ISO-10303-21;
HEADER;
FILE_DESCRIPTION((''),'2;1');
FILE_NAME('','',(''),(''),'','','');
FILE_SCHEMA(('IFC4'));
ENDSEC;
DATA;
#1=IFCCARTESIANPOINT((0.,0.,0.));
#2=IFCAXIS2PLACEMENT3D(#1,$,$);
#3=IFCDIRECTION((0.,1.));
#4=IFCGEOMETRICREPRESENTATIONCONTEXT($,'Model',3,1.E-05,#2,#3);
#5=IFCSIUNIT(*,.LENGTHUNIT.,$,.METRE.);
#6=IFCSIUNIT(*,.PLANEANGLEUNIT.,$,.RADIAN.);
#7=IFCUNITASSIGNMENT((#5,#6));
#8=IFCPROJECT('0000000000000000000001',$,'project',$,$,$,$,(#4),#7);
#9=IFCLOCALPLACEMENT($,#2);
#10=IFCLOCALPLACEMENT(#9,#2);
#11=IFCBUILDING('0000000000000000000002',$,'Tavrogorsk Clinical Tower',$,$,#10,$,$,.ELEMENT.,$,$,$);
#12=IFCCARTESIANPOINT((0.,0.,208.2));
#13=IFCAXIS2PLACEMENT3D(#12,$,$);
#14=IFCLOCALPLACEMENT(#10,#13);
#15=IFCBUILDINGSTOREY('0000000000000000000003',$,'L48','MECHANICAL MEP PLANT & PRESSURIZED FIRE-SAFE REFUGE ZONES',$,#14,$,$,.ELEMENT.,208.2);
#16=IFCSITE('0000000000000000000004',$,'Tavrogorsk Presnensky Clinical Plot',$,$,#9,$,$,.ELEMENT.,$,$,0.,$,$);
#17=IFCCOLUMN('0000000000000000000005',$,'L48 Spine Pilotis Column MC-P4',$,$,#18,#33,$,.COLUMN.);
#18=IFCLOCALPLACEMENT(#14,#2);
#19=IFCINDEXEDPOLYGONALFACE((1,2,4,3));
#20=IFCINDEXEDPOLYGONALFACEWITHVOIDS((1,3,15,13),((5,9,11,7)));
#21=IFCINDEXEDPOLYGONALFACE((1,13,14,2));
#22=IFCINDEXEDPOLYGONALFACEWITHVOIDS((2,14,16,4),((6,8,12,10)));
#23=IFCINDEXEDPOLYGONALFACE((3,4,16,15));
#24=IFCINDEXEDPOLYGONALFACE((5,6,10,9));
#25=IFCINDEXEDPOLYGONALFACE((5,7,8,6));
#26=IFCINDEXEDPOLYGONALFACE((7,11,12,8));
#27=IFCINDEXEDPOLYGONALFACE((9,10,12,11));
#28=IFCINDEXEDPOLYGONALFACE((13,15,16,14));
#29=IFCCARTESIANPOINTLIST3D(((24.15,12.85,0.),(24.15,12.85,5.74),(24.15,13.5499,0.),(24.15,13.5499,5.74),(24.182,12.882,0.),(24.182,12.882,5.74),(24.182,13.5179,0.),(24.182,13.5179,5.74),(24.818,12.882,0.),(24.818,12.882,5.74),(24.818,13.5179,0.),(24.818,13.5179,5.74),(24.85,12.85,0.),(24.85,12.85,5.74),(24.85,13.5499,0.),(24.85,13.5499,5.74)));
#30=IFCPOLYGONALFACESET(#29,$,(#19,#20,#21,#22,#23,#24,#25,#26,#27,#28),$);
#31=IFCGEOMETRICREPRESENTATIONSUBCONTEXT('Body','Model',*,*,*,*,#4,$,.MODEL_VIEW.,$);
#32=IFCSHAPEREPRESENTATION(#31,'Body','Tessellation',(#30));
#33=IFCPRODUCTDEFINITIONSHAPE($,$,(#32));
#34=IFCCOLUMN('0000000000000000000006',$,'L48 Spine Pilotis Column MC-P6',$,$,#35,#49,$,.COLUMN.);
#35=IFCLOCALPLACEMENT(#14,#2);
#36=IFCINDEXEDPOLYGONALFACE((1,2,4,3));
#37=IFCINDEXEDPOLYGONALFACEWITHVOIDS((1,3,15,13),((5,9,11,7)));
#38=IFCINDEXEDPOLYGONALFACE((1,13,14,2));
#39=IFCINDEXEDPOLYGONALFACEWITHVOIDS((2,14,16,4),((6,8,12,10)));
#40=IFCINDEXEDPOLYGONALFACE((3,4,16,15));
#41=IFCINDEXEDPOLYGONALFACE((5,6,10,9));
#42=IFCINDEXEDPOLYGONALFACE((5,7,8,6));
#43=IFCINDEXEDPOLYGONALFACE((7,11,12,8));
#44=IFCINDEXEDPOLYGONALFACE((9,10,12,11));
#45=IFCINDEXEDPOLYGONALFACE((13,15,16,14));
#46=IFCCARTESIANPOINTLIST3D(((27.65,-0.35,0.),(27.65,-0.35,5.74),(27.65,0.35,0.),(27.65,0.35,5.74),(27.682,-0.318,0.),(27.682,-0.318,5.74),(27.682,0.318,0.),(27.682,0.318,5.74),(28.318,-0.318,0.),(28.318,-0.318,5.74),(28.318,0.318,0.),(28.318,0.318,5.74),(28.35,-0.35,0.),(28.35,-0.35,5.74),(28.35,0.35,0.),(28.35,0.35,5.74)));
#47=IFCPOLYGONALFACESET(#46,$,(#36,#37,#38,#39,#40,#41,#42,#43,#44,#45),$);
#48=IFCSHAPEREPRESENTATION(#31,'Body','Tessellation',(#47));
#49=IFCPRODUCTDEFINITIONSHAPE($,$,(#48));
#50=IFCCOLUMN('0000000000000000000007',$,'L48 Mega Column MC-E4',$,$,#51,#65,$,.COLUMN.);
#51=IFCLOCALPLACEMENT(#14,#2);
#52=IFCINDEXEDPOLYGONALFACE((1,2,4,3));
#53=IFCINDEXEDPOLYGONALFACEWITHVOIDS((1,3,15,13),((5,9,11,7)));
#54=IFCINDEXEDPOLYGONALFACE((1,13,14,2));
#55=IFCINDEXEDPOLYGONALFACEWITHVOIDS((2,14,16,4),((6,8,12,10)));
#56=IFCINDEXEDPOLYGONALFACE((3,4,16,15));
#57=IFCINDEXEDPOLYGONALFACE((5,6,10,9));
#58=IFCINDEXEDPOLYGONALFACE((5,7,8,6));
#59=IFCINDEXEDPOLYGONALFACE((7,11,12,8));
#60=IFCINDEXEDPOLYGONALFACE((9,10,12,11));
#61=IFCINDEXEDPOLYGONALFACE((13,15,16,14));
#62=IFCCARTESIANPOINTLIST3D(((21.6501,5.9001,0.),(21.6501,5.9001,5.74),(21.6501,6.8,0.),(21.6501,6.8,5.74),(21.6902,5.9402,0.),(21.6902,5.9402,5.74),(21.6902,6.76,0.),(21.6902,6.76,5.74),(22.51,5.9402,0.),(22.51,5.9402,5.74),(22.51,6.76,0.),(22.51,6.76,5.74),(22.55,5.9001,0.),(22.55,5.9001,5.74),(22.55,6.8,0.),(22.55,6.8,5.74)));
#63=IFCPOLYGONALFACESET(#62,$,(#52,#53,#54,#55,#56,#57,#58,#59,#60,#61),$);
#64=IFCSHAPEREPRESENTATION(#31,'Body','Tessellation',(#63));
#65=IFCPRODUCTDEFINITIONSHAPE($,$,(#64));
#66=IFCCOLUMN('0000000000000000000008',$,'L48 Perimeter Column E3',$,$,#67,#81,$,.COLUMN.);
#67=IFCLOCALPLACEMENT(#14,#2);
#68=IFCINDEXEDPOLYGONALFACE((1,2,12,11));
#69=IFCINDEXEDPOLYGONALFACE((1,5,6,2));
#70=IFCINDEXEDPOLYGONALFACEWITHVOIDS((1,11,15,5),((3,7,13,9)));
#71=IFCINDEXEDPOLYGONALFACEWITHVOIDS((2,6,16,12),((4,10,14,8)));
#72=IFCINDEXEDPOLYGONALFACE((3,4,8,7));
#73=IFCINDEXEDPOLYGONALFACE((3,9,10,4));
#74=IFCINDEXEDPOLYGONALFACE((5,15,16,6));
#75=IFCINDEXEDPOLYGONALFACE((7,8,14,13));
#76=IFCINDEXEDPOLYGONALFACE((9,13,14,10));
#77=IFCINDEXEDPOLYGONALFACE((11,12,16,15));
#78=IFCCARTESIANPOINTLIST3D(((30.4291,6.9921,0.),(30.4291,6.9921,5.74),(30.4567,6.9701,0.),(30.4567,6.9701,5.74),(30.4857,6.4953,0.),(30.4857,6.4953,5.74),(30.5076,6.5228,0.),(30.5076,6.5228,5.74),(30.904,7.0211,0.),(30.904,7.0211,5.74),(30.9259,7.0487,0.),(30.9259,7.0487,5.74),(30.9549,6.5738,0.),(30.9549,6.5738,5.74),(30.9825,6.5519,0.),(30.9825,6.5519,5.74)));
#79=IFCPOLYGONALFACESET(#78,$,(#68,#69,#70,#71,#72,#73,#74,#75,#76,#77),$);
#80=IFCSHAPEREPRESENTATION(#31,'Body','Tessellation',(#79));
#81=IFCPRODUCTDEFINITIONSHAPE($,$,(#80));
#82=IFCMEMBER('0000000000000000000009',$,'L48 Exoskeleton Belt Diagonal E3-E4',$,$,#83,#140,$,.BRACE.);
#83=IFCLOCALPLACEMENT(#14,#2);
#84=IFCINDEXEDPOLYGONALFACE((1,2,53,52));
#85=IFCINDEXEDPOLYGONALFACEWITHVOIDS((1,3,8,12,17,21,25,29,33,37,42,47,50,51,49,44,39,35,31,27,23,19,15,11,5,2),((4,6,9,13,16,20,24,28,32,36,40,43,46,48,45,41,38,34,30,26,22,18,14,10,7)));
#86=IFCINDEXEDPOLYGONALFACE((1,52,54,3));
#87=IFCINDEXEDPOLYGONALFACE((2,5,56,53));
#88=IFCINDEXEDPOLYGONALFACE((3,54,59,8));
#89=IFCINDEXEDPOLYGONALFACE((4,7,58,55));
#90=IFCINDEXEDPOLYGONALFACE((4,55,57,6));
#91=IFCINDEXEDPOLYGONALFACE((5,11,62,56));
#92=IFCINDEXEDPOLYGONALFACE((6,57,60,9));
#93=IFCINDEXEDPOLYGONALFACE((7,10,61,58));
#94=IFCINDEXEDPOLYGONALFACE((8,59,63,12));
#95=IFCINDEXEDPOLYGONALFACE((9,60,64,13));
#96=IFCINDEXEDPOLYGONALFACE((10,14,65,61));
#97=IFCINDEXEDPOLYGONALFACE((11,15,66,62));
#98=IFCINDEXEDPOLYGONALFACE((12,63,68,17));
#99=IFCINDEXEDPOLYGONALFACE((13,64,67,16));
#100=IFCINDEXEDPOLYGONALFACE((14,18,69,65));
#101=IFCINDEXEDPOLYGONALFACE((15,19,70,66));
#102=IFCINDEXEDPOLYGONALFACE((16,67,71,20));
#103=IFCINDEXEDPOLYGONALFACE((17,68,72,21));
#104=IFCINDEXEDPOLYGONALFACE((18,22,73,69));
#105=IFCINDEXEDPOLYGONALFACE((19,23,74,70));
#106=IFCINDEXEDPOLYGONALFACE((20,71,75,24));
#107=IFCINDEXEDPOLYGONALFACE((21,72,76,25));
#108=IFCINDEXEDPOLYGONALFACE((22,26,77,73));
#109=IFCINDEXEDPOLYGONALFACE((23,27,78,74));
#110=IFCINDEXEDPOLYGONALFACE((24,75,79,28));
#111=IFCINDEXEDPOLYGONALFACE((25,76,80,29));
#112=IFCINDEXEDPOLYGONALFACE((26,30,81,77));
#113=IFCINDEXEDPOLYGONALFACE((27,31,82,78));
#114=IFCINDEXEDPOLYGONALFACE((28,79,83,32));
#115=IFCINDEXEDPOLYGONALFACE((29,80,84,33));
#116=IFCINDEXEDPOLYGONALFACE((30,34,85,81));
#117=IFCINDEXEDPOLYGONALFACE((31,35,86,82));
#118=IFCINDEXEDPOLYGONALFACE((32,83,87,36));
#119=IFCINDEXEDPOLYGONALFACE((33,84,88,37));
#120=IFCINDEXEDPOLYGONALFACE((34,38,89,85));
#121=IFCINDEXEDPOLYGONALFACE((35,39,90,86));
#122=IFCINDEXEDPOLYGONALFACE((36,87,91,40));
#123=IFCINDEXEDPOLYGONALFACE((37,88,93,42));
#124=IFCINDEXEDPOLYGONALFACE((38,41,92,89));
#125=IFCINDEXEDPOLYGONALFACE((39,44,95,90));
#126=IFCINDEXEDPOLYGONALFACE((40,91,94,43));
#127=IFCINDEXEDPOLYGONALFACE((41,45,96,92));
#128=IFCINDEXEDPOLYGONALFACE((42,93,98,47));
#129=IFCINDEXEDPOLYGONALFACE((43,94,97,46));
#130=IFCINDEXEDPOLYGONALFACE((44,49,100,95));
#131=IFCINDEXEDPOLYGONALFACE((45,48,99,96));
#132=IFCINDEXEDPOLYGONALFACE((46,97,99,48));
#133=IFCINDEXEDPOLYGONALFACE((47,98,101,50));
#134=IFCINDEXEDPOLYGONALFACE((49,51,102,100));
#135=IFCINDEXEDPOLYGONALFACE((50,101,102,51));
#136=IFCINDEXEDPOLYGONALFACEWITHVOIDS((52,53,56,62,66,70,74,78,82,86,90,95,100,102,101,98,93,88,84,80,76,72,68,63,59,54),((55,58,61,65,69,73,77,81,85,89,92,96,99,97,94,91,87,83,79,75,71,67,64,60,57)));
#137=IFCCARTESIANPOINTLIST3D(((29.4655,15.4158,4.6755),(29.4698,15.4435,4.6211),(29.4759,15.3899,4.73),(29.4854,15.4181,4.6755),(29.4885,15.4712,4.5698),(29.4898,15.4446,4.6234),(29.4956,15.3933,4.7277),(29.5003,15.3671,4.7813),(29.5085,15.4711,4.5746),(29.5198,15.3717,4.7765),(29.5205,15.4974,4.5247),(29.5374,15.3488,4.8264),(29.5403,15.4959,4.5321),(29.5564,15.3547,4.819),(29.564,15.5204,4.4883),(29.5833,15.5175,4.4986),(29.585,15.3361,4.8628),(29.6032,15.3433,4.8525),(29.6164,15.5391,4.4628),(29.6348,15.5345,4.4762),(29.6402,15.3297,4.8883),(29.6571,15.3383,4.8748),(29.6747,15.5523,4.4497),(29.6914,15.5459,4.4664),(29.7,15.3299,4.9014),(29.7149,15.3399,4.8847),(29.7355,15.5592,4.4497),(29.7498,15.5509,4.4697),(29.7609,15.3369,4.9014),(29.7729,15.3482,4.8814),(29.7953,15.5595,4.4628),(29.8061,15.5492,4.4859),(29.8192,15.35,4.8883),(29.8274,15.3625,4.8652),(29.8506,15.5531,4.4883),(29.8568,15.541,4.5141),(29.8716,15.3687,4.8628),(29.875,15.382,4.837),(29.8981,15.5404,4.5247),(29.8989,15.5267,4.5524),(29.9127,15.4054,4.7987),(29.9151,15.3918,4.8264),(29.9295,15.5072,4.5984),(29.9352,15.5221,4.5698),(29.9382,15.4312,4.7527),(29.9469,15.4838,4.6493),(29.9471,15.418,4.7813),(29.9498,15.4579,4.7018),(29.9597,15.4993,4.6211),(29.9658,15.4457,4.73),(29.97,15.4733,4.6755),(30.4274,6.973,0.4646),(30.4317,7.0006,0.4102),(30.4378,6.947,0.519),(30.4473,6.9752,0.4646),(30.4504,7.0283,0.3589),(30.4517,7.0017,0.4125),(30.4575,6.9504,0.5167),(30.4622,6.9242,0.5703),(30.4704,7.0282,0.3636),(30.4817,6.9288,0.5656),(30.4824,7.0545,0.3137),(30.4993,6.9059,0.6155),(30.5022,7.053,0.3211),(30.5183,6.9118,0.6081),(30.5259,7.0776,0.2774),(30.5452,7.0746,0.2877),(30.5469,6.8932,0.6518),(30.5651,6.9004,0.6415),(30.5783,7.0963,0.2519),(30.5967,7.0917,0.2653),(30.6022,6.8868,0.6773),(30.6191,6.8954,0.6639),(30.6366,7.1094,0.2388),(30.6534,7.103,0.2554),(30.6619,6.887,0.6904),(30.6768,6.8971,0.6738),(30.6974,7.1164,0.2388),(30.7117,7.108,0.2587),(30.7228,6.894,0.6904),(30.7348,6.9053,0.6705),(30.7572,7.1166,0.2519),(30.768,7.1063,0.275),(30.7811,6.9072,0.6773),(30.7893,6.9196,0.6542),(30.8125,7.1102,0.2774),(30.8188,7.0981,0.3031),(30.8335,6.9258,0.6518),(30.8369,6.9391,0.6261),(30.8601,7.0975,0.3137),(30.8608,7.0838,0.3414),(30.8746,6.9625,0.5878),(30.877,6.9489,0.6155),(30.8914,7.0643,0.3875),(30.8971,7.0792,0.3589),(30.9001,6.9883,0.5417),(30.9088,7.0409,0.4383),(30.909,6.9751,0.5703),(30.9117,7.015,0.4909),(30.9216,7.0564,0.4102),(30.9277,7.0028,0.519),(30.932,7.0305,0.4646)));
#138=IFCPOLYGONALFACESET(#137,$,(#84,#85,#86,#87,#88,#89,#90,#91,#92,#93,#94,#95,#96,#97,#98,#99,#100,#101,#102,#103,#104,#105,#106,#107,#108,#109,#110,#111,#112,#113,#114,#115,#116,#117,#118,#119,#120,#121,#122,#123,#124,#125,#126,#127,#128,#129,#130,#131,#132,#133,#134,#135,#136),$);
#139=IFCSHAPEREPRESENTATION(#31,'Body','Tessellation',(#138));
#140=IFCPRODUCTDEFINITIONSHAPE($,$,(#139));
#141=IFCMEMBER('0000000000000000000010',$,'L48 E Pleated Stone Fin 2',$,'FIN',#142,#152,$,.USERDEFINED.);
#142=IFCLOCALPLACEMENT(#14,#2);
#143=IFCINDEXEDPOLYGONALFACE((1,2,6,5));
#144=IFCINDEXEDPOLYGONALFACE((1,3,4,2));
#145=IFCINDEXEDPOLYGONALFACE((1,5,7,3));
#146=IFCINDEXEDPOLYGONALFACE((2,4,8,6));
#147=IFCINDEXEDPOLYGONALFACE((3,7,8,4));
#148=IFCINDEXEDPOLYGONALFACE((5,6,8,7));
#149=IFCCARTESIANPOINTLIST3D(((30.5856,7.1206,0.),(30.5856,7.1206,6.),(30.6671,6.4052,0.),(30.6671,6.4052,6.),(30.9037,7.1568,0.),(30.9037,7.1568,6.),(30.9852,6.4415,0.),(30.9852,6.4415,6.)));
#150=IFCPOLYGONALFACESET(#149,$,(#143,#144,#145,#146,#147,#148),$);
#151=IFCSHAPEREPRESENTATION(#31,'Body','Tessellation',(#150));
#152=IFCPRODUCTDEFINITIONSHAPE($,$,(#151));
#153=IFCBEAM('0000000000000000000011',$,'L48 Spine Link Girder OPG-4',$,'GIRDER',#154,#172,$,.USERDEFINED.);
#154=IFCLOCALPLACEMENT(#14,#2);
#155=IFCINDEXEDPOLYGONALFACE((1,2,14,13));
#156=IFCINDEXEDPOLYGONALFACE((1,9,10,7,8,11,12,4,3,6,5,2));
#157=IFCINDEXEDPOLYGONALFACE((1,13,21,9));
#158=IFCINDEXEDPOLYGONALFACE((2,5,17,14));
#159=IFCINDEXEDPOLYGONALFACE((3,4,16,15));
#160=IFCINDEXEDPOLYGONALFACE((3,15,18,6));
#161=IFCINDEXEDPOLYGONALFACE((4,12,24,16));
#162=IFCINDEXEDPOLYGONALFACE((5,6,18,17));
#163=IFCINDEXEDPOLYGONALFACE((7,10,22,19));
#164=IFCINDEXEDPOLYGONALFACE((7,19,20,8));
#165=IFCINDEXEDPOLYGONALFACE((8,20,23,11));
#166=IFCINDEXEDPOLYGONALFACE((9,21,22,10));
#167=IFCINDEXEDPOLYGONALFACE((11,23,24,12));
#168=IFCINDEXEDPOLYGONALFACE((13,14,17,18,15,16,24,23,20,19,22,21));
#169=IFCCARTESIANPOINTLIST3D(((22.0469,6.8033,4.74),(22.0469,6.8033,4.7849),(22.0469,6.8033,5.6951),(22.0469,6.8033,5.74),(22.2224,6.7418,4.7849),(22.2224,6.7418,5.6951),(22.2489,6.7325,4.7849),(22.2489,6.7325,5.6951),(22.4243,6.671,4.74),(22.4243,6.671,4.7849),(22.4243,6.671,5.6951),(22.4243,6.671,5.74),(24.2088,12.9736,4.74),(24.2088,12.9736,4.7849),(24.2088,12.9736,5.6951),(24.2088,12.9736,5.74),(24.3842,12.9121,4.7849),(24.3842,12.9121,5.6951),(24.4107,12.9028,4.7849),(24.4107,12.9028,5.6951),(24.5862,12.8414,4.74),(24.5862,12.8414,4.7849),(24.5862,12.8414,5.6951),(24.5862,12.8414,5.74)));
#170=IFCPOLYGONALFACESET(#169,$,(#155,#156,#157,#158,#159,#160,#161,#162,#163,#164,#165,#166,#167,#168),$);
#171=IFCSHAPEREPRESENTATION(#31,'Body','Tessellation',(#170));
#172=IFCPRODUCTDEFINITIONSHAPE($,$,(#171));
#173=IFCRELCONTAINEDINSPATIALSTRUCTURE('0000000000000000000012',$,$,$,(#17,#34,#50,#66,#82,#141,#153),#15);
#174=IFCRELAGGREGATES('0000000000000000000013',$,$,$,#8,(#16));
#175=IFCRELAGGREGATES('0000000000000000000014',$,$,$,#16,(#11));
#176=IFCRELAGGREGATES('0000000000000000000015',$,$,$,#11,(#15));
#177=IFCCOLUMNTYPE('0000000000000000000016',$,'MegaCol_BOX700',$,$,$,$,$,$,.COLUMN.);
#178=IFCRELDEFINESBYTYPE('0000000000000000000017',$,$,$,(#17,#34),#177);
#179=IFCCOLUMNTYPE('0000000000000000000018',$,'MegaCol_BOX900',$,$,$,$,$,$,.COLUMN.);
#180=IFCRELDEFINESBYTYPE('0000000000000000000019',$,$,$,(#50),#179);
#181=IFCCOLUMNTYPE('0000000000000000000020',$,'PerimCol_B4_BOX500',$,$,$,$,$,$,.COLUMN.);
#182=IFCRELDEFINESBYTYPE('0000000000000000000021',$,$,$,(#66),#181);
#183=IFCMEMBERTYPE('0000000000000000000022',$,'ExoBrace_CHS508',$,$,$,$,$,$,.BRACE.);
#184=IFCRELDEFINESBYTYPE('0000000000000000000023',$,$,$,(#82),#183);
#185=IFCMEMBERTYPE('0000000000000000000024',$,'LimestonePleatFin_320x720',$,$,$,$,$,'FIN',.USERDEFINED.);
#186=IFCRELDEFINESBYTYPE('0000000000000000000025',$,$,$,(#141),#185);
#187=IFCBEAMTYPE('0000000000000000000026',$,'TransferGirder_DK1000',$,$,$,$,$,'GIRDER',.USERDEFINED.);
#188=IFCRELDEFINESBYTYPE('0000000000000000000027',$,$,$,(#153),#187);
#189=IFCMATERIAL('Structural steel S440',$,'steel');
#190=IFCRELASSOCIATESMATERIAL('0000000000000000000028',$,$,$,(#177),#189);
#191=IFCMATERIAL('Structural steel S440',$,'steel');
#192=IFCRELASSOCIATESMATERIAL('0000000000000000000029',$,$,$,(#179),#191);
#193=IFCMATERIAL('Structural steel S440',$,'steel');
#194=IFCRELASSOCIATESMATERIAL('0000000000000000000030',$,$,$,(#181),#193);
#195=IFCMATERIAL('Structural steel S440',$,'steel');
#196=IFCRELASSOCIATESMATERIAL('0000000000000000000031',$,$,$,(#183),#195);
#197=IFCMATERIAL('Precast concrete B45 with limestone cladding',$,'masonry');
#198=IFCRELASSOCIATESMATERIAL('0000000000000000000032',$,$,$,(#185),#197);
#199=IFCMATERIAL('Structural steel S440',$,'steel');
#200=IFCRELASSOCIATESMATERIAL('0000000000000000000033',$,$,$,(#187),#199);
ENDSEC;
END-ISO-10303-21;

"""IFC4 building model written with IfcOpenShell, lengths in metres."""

from ifc_helpers import new_model, si_unit, direction, frame, origin, origin_2d, place, context, subcontext, project, spatial, rectangle, hollow_rectangle, hollow_circle, i_section, extrude, material, material_profile, profile_set, type_object, element, save


model = new_model("IFC4")

# Units and contexts
model_context = context("Model", 3, precision=1e-05, world=origin(), true_north=direction((0.0, 1.0)))
body_context = subcontext(model_context, "Body", "Model", "MODEL_VIEW")
ifc_project = project(units=[si_unit("LENGTHUNIT", "METRE"), si_unit("PLANEANGLEUNIT", "RADIAN")], contexts=[model_context])

# Site, building, storey
site_placement = place(None, origin())
site = spatial("IfcSite", under=ifc_project, at=site_placement, Name="Tavrogorsk Presnensky Clinical Plot", CompositionType="ELEMENT", RefElevation=0.0)
building_placement = place(site_placement, origin())
building = spatial("IfcBuilding", under=site, at=building_placement, Name="Tavrogorsk Clinical Tower", CompositionType="ELEMENT")
storey_placement = place(building_placement, frame((0.0, 0.0, 208.2)))
storey = spatial("IfcBuildingStorey", under=building, at=storey_placement, Name="L48", Description="MECHANICAL MEP PLANT & PRESSURIZED FIRE-SAFE REFUGE ZONES", CompositionType="ELEMENT", Elevation=208.2)

# Columns
ifc_material_1 = material(Name="Structural steel S440", Category="steel")
ifc_material_profile_1 = material_profile(ifc_material_1, hollow_rectangle(XDim=0.7, YDim=0.7, WallThickness=0.032, at=origin_2d()), Name="BOX-700x700x32")
ifc_profile_set_1 = profile_set([ifc_material_profile_1], Name="Structural steel S440")
column_type_1 = type_object("IfcColumnType", Name="MegaCol_BOX700", PredefinedType="COLUMN", material=ifc_profile_set_1)
for number, where, z_axis, x_axis, name in (
    (1, (24.5, 13.2, 0.0), (0.0, 0.0, 1.0), (1.0, 0.0, 0.0), "L48 Spine Pilotis Column MC-P4"),
    (2, (28.0, 0.0, 0.0), (0.0, 0.0, 1.0), (1.0, 0.0, 0.0), "L48 Spine Pilotis Column MC-P6"),
):
    element("IfcColumn", number, at=place(storey_placement, frame(where, z_axis=z_axis, x_axis=x_axis)), inside=storey, type_object=column_type_1, Name=name, PredefinedType="COLUMN", context=body_context, shape_type="SweptSolid", body=[
        extrude(hollow_rectangle(XDim=0.7, YDim=0.7, WallThickness=0.032, at=origin_2d()), origin(), (0.0, 0.0, 1.0), 5.74),
    ])
ifc_material_2 = material(Name="Structural steel S440", Category="steel")
ifc_material_profile_2 = material_profile(ifc_material_2, hollow_rectangle(XDim=0.8999, YDim=0.8999, WallThickness=0.04, at=origin_2d()), Name="BOX-900x900x40")
ifc_profile_set_2 = profile_set([ifc_material_profile_2], Name="Structural steel S440")
column_type_2 = type_object("IfcColumnType", Name="MegaCol_BOX900", PredefinedType="COLUMN", material=ifc_profile_set_2)
column_1_placement = place(storey_placement, frame((22.1001, 6.3501, 0.0), z_axis=(0.0, 0.0, 1.0), x_axis=(1.0, 0.0, 0.0)))
element("IfcColumn", 3, at=column_1_placement, inside=storey, type_object=column_type_2, Name="L48 Mega Column MC-E4", PredefinedType="COLUMN", context=body_context, shape_type="SweptSolid", body=[
    extrude(hollow_rectangle(XDim=0.8999, YDim=0.8999, WallThickness=0.04, at=origin_2d()), origin(), (0.0, 0.0, 1.0), 5.74),
])
ifc_material_3 = material(Name="Structural steel S440", Category="steel")
ifc_material_profile_3 = material_profile(ifc_material_3, hollow_rectangle(XDim=0.5, YDim=0.5, WallThickness=0.0249, at=origin_2d()), Name="BOX-500x500x25")
ifc_profile_set_3 = profile_set([ifc_material_profile_3], Name="Structural steel S440")
column_type_3 = type_object("IfcColumnType", Name="PerimCol_B4_BOX500", PredefinedType="COLUMN", material=ifc_profile_set_3)
column_2_placement = place(storey_placement, frame((30.7058, 6.772, 0.0), z_axis=(0.0, 0.0, 1.0), x_axis=(0.993572, 0.113203, 0.0)))
element("IfcColumn", 4, at=column_2_placement, inside=storey, type_object=column_type_3, Name="L48 Perimeter Column E3", PredefinedType="COLUMN", context=body_context, shape_type="SweptSolid", body=[
    extrude(hollow_rectangle(XDim=0.5, YDim=0.5, WallThickness=0.0249, at=origin_2d()), origin(), (0.0, 0.0, 1.0), 5.74),
])

# Members
ifc_material_4 = material(Name="Structural steel S440", Category="steel")
ifc_material_profile_4 = material_profile(ifc_material_4, hollow_circle(Radius=0.2539, WallThickness=0.02, at=origin_2d()), Name="CHS-508x20")
ifc_profile_set_4 = profile_set([ifc_material_profile_4], Name="Structural steel S440")
member_type_1 = type_object("IfcMemberType", Name="ExoBrace_CHS508", PredefinedType="BRACE", material=ifc_profile_set_4)
member_1_placement = place(storey_placement, frame((30.6797, 7.0017, 0.4646), z_axis=(-0.101429, 0.890257, 0.444021), x_axis=(-0.993572, -0.1132, 0.0)))
element("IfcMember", 5, at=member_1_placement, inside=storey, type_object=member_type_1, Name="L48 Exoskeleton Belt Diagonal E3-E4", PredefinedType="BRACE", context=body_context, shape_type="SweptSolid", body=[
    extrude(hollow_circle(Radius=0.2539, WallThickness=0.02, at=origin_2d()), origin(), (0.0, 0.0, 1.0), 9.4836),
])
ifc_material_5 = material(Name="Precast concrete B45 with limestone cladding", Category="masonry")
ifc_material_profile_5 = material_profile(ifc_material_5, rectangle(XDim=0.3201, YDim=0.72, at=origin_2d()), Name="LIMESTONE-FIN-320x720")
ifc_profile_set_5 = profile_set([ifc_material_profile_5], Name="Precast concrete B45 with limestone cladding")
member_type_2 = type_object("IfcMemberType", Name="LimestonePleatFin_320x720", ElementType="FIN", PredefinedType="USERDEFINED", material=ifc_profile_set_5)
member_2_placement = place(storey_placement, frame((30.7854, 6.781, 0.0), z_axis=(0.0, 0.0, 1.0), x_axis=(0.993572, 0.113203, 0.0)))
element("IfcMember", 6, at=member_2_placement, inside=storey, type_object=member_type_2, Name="L48 E Pleated Stone Fin 2", ObjectType="FIN", PredefinedType="USERDEFINED", context=body_context, shape_type="SweptSolid", body=[
    extrude(rectangle(XDim=0.3201, YDim=0.72, at=origin_2d()), origin(), (0.0, 0.0, 1.0), 6.0),
])

# Beam
ifc_material_6 = material(Name="Structural steel S440", Category="steel")
ifc_material_profile_6 = material_profile(ifc_material_6, i_section(OverallWidth=0.3999, OverallDepth=1.0, WebThickness=0.0281, FlangeThickness=0.0449, at=origin_2d()), Name="DK-1000x400x28x45")
ifc_profile_set_6 = profile_set([ifc_material_profile_6], Name="Structural steel S440")
beam_type_1 = type_object("IfcBeamType", Name="TransferGirder_DK1000", ElementType="GIRDER", PredefinedType="USERDEFINED", material=ifc_profile_set_6)
beam_1_placement = place(storey_placement, frame((24.3975, 12.9075, 5.24), z_axis=(-0.330653, -0.943752, 0.0), x_axis=(0.943752, -0.330653, 0.0)))
element("IfcBeam", 7, at=beam_1_placement, inside=storey, type_object=beam_type_1, Name="L48 Spine Link Girder OPG-4", ObjectType="GIRDER", PredefinedType="USERDEFINED", context=body_context, shape_type="SweptSolid", body=[
    extrude(i_section(OverallWidth=0.3999, OverallDepth=1.0, WebThickness=0.0281, FlangeThickness=0.0449, at=origin_2d()), origin(), (0.0, 0.0, 1.0), 6.5381),
])

save(model, "model.ifc")
